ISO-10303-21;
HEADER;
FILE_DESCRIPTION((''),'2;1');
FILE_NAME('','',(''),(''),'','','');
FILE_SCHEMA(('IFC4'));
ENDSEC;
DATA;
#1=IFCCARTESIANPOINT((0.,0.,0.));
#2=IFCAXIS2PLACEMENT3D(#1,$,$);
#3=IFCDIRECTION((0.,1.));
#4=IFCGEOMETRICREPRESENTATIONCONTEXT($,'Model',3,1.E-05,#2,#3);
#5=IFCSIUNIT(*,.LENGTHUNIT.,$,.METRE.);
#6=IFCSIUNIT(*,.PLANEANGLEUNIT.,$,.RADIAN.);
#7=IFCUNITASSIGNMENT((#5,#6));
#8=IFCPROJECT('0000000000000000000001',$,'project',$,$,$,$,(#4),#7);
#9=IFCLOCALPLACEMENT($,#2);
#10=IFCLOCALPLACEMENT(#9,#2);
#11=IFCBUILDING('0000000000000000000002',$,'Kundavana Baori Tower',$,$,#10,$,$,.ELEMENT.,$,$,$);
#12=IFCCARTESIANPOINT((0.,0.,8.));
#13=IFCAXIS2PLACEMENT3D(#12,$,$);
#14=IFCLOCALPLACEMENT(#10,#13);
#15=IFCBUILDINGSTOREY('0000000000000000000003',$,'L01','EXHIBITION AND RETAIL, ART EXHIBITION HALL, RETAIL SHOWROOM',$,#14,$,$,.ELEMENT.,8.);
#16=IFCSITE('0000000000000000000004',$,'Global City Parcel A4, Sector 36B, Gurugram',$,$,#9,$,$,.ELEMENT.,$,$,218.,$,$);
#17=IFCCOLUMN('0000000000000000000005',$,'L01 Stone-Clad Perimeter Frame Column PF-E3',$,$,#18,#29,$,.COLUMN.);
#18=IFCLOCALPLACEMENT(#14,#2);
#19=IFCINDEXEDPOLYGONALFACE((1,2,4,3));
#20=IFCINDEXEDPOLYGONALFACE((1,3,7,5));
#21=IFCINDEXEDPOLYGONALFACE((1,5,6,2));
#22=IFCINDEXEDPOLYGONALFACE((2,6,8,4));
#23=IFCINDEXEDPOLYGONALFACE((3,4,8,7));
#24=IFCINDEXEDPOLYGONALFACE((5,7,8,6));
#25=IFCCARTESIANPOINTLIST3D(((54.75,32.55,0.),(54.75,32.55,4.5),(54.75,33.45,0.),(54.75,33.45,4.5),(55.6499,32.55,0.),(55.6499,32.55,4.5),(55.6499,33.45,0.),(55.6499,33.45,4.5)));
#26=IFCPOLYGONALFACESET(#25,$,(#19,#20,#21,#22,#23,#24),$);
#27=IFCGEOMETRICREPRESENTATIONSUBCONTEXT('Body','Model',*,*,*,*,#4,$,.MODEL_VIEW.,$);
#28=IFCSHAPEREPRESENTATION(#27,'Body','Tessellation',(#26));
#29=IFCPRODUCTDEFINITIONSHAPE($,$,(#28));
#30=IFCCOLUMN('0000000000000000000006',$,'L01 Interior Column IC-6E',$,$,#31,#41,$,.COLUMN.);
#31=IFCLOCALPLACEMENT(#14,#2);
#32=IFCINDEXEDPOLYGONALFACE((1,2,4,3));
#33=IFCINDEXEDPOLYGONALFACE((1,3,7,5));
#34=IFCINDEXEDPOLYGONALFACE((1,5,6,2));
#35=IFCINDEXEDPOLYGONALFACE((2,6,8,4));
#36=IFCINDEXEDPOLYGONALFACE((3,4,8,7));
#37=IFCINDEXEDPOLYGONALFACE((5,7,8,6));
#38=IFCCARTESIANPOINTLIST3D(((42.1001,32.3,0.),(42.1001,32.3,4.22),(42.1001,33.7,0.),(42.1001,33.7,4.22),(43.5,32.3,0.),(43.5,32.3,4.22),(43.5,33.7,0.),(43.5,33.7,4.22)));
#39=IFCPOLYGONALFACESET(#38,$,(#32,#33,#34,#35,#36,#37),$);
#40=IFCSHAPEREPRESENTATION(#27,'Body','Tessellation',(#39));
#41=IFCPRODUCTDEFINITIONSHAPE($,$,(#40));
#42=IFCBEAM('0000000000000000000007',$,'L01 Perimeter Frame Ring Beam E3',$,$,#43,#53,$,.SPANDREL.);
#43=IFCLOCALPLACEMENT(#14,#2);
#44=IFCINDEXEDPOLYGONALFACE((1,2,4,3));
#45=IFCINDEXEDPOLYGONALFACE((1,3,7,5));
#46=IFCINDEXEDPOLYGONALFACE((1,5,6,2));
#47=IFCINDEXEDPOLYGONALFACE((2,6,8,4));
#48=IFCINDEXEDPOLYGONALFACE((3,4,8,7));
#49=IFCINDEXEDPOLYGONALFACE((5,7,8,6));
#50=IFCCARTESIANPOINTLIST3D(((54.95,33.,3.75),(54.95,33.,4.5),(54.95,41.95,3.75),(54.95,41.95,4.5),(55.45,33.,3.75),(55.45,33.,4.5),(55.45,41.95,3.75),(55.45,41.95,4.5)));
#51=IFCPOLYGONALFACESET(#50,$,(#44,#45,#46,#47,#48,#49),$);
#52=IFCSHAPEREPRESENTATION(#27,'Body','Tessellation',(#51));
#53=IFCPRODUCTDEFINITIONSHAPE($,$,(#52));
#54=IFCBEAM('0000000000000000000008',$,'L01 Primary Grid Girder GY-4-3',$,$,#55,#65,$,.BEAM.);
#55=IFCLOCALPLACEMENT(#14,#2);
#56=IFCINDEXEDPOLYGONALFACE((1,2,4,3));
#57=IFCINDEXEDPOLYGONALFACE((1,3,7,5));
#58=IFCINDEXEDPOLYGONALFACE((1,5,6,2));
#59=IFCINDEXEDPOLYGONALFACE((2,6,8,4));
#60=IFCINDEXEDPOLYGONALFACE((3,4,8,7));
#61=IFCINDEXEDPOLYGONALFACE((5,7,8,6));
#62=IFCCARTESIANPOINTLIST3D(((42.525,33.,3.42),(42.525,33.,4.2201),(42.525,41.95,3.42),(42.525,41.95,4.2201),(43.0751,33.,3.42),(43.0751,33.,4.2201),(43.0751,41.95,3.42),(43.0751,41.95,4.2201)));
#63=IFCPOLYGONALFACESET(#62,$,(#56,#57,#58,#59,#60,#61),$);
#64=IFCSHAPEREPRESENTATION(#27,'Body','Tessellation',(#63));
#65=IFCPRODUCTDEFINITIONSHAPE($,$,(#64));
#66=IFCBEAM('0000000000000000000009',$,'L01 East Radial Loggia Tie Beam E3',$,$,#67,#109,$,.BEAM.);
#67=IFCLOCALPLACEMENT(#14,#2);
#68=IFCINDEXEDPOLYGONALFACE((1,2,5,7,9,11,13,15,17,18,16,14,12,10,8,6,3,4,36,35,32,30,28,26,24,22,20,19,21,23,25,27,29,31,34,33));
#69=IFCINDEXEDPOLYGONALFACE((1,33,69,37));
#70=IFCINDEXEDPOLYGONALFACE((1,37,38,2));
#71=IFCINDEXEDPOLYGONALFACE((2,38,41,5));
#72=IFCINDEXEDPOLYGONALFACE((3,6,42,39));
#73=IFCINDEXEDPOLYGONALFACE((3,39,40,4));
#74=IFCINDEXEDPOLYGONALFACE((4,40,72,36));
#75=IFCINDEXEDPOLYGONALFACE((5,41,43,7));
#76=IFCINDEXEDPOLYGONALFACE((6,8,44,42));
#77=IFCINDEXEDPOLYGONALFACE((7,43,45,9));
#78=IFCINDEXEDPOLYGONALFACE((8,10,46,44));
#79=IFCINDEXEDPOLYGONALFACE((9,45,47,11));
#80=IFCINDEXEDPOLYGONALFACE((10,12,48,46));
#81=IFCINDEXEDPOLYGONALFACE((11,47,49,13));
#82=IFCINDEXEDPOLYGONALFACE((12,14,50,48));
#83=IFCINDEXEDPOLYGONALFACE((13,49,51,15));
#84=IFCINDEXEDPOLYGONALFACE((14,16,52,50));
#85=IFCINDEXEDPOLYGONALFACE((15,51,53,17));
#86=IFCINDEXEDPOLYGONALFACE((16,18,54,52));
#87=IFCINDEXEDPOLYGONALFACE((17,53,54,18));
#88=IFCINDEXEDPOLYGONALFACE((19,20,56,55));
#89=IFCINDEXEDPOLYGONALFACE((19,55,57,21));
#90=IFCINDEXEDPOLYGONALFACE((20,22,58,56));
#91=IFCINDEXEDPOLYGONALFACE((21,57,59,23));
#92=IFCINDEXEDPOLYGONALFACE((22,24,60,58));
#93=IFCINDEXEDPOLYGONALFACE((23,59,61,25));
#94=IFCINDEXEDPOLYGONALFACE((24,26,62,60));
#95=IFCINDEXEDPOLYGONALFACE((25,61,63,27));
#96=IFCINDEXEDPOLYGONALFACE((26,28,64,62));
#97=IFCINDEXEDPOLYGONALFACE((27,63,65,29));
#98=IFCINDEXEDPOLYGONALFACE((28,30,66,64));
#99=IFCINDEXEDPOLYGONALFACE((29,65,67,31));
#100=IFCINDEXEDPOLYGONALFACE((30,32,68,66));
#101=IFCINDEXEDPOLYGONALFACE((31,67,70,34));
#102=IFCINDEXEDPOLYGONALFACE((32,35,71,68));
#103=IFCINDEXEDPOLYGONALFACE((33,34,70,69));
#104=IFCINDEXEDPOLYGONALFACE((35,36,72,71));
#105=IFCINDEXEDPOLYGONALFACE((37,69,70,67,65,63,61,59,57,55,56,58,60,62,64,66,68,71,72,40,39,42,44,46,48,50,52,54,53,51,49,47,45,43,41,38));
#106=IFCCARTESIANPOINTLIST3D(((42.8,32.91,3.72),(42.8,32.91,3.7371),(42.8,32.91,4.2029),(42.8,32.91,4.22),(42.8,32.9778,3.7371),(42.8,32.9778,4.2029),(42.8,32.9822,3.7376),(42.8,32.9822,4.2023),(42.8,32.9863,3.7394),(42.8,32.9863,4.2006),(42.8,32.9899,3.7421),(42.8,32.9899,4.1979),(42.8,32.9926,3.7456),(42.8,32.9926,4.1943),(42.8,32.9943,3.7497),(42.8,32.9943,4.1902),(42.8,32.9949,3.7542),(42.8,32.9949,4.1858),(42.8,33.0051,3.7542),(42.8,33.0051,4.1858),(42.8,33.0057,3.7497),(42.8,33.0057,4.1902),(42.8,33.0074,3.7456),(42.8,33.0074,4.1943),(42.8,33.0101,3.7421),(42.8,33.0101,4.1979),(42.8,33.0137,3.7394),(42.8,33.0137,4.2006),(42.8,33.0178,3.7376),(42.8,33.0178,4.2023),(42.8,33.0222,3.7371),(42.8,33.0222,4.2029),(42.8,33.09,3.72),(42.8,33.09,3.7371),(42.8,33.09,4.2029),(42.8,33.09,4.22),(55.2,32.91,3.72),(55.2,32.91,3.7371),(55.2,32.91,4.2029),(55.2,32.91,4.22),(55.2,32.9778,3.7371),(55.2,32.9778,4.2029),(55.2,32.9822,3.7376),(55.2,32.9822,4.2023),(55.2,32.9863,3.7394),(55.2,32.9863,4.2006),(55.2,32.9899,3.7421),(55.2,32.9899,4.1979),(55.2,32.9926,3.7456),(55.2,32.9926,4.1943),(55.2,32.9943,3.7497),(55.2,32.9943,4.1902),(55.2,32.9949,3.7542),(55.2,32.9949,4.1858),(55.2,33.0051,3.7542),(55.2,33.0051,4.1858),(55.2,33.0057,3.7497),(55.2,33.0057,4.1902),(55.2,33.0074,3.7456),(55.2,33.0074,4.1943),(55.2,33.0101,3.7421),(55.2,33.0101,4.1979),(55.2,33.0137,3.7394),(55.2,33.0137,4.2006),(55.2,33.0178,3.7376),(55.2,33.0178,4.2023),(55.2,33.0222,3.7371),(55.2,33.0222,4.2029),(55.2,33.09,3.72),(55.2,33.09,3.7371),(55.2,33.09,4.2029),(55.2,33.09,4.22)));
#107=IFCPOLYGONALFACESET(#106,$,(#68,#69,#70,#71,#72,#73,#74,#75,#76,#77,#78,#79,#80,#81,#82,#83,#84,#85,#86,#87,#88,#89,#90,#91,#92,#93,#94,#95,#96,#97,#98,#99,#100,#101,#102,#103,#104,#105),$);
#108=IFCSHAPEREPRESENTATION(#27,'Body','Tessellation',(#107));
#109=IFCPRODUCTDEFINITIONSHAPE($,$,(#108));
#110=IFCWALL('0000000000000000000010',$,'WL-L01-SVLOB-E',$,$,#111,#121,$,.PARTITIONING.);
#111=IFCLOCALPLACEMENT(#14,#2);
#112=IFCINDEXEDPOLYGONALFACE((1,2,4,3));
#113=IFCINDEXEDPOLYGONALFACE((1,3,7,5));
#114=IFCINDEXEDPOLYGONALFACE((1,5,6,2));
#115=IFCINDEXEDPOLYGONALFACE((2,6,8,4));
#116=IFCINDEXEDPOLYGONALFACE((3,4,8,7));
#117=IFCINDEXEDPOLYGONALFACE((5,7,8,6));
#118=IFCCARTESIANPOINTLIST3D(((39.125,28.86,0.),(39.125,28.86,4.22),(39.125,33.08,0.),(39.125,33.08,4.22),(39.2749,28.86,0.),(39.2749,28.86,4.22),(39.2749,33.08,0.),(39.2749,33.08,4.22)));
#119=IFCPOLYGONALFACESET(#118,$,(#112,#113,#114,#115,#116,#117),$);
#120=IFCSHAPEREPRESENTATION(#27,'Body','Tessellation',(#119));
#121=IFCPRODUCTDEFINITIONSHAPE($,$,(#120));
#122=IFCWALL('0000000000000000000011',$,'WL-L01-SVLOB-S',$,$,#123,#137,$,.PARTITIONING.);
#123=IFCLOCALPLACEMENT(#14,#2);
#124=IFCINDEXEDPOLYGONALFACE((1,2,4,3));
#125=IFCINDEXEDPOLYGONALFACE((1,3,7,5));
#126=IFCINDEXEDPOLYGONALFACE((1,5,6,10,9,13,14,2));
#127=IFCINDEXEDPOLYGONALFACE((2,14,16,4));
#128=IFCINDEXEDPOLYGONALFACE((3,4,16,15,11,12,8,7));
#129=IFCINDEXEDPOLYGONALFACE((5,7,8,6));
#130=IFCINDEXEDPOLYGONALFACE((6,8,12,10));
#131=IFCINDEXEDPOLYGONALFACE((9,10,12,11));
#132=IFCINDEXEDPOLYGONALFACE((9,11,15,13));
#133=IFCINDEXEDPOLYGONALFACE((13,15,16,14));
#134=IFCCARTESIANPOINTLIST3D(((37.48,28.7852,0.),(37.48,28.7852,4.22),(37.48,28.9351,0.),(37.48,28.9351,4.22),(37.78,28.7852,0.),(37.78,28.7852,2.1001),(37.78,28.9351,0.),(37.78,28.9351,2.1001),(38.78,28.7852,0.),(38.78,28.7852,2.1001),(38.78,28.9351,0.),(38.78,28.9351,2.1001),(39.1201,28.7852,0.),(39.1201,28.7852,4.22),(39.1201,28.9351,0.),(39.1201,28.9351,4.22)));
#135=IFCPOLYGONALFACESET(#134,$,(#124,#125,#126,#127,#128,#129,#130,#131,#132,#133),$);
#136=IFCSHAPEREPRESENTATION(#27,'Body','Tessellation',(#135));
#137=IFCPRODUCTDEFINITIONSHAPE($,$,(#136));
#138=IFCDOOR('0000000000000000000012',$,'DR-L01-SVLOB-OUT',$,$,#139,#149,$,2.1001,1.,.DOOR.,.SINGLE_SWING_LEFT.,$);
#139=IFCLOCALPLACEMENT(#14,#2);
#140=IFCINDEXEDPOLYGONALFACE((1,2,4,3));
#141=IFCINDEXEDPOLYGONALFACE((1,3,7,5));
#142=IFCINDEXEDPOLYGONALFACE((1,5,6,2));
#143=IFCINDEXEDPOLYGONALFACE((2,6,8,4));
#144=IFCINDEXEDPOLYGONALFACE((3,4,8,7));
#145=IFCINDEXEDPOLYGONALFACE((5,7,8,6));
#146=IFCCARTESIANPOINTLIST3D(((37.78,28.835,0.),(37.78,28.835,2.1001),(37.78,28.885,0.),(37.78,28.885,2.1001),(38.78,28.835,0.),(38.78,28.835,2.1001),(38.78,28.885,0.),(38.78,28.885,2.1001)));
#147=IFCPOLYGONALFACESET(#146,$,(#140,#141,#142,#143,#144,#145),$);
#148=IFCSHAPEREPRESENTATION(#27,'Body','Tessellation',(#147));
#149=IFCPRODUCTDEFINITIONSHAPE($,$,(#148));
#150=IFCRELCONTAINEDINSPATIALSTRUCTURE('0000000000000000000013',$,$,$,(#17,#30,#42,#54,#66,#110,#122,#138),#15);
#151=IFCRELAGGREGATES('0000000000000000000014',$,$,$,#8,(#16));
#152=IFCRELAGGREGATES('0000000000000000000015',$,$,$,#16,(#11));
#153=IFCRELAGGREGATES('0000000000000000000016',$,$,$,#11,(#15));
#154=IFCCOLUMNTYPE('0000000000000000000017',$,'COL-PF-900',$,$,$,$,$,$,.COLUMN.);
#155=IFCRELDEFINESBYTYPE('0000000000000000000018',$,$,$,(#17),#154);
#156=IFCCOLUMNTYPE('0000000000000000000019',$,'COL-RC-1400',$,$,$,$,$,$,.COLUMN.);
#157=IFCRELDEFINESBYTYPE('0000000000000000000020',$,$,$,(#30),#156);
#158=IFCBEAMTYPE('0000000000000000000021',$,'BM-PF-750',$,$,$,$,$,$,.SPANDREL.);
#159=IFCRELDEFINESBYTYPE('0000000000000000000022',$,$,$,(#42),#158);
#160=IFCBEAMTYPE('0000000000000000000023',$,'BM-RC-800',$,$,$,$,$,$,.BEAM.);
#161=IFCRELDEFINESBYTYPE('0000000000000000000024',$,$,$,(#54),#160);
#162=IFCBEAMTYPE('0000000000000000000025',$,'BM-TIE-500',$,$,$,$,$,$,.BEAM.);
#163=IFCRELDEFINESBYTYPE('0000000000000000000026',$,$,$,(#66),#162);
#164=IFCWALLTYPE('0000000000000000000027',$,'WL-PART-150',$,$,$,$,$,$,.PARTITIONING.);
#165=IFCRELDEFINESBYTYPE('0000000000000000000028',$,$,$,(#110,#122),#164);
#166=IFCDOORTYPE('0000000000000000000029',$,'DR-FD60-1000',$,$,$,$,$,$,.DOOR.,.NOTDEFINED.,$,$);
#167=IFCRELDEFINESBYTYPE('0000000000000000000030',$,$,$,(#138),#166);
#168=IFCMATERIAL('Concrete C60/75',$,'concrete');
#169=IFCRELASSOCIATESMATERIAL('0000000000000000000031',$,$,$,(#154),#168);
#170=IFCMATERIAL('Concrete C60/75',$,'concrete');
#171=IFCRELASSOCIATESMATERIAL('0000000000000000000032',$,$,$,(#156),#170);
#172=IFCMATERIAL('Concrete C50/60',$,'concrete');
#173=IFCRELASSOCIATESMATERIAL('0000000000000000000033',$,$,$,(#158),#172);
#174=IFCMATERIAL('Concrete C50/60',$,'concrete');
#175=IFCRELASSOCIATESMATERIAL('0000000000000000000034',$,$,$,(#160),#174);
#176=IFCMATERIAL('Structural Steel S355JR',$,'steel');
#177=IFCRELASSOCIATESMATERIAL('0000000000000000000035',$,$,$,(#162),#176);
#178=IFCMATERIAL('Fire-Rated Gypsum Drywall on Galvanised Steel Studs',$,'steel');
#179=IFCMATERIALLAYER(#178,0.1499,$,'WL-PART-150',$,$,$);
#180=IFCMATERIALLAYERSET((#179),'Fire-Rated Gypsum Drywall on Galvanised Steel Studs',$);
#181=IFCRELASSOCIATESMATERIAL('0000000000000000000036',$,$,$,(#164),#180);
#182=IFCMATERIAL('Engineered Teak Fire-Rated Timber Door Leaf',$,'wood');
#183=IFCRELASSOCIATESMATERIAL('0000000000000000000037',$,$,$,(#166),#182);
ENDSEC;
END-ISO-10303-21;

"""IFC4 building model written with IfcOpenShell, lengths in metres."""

from ifc_helpers import new_model, si_unit, direction, frame, frame_2d, origin, origin_2d, place, context, subcontext, project, spatial, rectangle, i_section, extrude, material, layer, layer_set, material_profile, profile_set, type_object, element, fill, save


model = new_model("IFC4")

# Units and contexts
model_context = context("Model", 3, precision=1e-05, world=origin(), true_north=direction((0.0, 1.0)))
body_context = subcontext(model_context, "Body", "Model", "MODEL_VIEW")
ifc_project = project(units=[si_unit("LENGTHUNIT", "METRE"), si_unit("PLANEANGLEUNIT", "RADIAN")], contexts=[model_context])

# Site, building, storey
site_placement = place(None, origin())
site = spatial("IfcSite", under=ifc_project, at=site_placement, Name="Global City Parcel A4, Sector 36B, Gurugram", CompositionType="ELEMENT", RefElevation=218.0)
building_placement = place(site_placement, origin())
building = spatial("IfcBuilding", under=site, at=building_placement, Name="Kundavana Baori Tower", CompositionType="ELEMENT")
storey_placement = place(building_placement, frame((0.0, 0.0, 8.0)))
storey = spatial("IfcBuildingStorey", under=building, at=storey_placement, Name="L01", Description="EXHIBITION AND RETAIL, ART EXHIBITION HALL, RETAIL SHOWROOM", CompositionType="ELEMENT", Elevation=8.0)

# Columns
ifc_material_1 = material(Name="Concrete C60/75", Category="concrete")
ifc_material_profile_1 = material_profile(ifc_material_1, rectangle(XDim=0.8999, YDim=0.8999, at=origin_2d()), Name="RC PF 900x900")
ifc_profile_set_1 = profile_set([ifc_material_profile_1], Name="Concrete C60/75")
column_type_1 = type_object("IfcColumnType", Name="COL-PF-900", PredefinedType="COLUMN", material=ifc_profile_set_1)
column_1_placement = place(storey_placement, frame((55.2, 33.0, 0.0), z_axis=(0.0, 0.0, 1.0), x_axis=(1.0, 0.0, 0.0)))
element("IfcColumn", 1, at=column_1_placement, inside=storey, type_object=column_type_1, Name="L01 Stone-Clad Perimeter Frame Column PF-E3", PredefinedType="COLUMN", context=body_context, shape_type="SweptSolid", body=[
    extrude(rectangle(XDim=0.8999, YDim=0.8999, at=origin_2d()), origin(), (0.0, 0.0, 1.0), 4.5),
])
ifc_material_2 = material(Name="Concrete C60/75", Category="concrete")
ifc_material_profile_2 = material_profile(ifc_material_2, rectangle(XDim=1.3999, YDim=1.3999, at=origin_2d()), Name="RC 1400x1400")
ifc_profile_set_2 = profile_set([ifc_material_profile_2], Name="Concrete C60/75")
column_type_2 = type_object("IfcColumnType", Name="COL-RC-1400", PredefinedType="COLUMN", material=ifc_profile_set_2)
column_2_placement = place(storey_placement, frame((42.8, 33.0, 0.0), z_axis=(0.0, 0.0, 1.0), x_axis=(1.0, 0.0, 0.0)))
element("IfcColumn", 2, at=column_2_placement, inside=storey, type_object=column_type_2, Name="L01 Interior Column IC-6E", PredefinedType="COLUMN", context=body_context, shape_type="SweptSolid", body=[
    extrude(rectangle(XDim=1.3999, YDim=1.3999, at=origin_2d()), origin(), (0.0, 0.0, 1.0), 4.22),
])

# Beams
ifc_material_3 = material(Name="Concrete C50/60", Category="concrete")
ifc_material_profile_3 = material_profile(ifc_material_3, rectangle(XDim=0.5, YDim=0.75, at=origin_2d()), Name="RC BM 500x750")
ifc_profile_set_3 = profile_set([ifc_material_profile_3], Name="Concrete C50/60")
beam_type_1 = type_object("IfcBeamType", Name="BM-PF-750", PredefinedType="SPANDREL", material=ifc_profile_set_3)
beam_1_placement = place(storey_placement, frame((55.2, 33.0, 4.125), z_axis=(0.0, 1.0, 0.0), x_axis=(-1.0, 0.0, 0.0)))
element("IfcBeam", 3, at=beam_1_placement, inside=storey, type_object=beam_type_1, Name="L01 Perimeter Frame Ring Beam E3", PredefinedType="SPANDREL", context=body_context, shape_type="SweptSolid", body=[
    extrude(rectangle(XDim=0.5, YDim=0.75, at=origin_2d()), origin(), (0.0, 0.0, 1.0), 8.95),
])
ifc_material_4 = material(Name="Concrete C50/60", Category="concrete")
ifc_material_profile_4 = material_profile(ifc_material_4, rectangle(XDim=0.55, YDim=0.8, at=origin_2d()), Name="RC BM 550x800")
ifc_profile_set_4 = profile_set([ifc_material_profile_4], Name="Concrete C50/60")
beam_type_2 = type_object("IfcBeamType", Name="BM-RC-800", PredefinedType="BEAM", material=ifc_profile_set_4)
beam_2_placement = place(storey_placement, frame((42.8, 33.0, 3.8201), z_axis=(0.0, 1.0, 0.0), x_axis=(-1.0, 0.0, 0.0)))
element("IfcBeam", 4, at=beam_2_placement, inside=storey, type_object=beam_type_2, Name="L01 Primary Grid Girder GY-4-3", PredefinedType="BEAM", context=body_context, shape_type="SweptSolid", body=[
    extrude(rectangle(XDim=0.55, YDim=0.8, at=origin_2d()), origin(), (0.0, 0.0, 1.0), 8.95),
])
ifc_material_5 = material(Name="Structural Steel S355JR", Category="steel")
ifc_material_profile_5 = material_profile(ifc_material_5, i_section(OverallWidth=0.1799, OverallDepth=0.5, WebThickness=0.0103, FlangeThickness=0.0171, FilletRadius=0.0171, at=origin_2d()), Name="ISMB 500")
ifc_profile_set_5 = profile_set([ifc_material_profile_5], Name="Structural Steel S355JR")
beam_type_3 = type_object("IfcBeamType", Name="BM-TIE-500", PredefinedType="BEAM", material=ifc_profile_set_5)
beam_3_placement = place(storey_placement, frame((42.8, 33.0, 3.97), z_axis=(1.0, 0.0, 0.0), x_axis=(0.0, 1.0, 0.0)))
element("IfcBeam", 5, at=beam_3_placement, inside=storey, type_object=beam_type_3, Name="L01 East Radial Loggia Tie Beam E3", PredefinedType="BEAM", context=body_context, shape_type="SweptSolid", body=[
    extrude(i_section(OverallWidth=0.1799, OverallDepth=0.5, WebThickness=0.0103, FlangeThickness=0.0171, FilletRadius=0.0171, at=origin_2d()), origin(), (0.0, 0.0, 1.0), 12.3999),
])

# Wall
ifc_material_6 = material(Name="Fire-Rated Gypsum Drywall on Galvanised Steel Studs", Category="steel")
ifc_layer_1 = layer(ifc_material_6, 0.1499, Name="WL-PART-150")
ifc_layer_set_1 = layer_set([ifc_layer_1], Name="Fire-Rated Gypsum Drywall on Galvanised Steel Studs")
wall_type_1 = type_object("IfcWallType", Name="WL-PART-150", PredefinedType="PARTITIONING", material=ifc_layer_set_1)
wall_1_placement = place(storey_placement, frame((39.2, 28.8601, 0.0), z_axis=(0.0, 0.0, 1.0), x_axis=(0.0, 1.0, 0.0)))
element("IfcWall", 6, at=wall_1_placement, inside=storey, type_object=wall_type_1, Name="WL-L01-SVLOB-E", PredefinedType="PARTITIONING", context=body_context, shape_type="SweptSolid", body=[
    extrude(rectangle(XDim=4.22, YDim=0.1499, at=frame_2d((2.1099, 0.0))), origin(), (0.0, 0.0, 1.0), 4.22),
])

# Wall, opening, door
wall_2_placement = place(storey_placement, frame((37.48, 28.8601, 0.0), z_axis=(0.0, 0.0, 1.0), x_axis=(1.0, 0.0, 0.0)))
wall_2 = element("IfcWall", 7, at=wall_2_placement, inside=storey, type_object=wall_type_1, Name="WL-L01-SVLOB-S", PredefinedType="PARTITIONING", context=body_context, shape_type="SweptSolid", body=[
    extrude(rectangle(XDim=1.6401, YDim=0.1499, at=frame_2d((0.8201, 0.0))), origin(), (0.0, 0.0, 1.0), 4.22),
])
opening_1_placement = place(wall_2_placement, frame((0.3, 0.0, 0.0)))
opening_1 = element("IfcOpeningElement", 8, at=opening_1_placement, cuts=wall_2, PredefinedType="OPENING", context=body_context, shape_type="SweptSolid", body=[
    extrude(rectangle(XDim=1.0, YDim=2.1001, at=frame_2d((0.5, 1.05))), frame((0.0, 0.085, 0.0), z_axis=(0.0, -1.0, 0.0), x_axis=(1.0, 0.0, 0.0)), (0.0, 0.0, 1.0), 0.1699),
])
ifc_material_7 = material(Name="Engineered Teak Fire-Rated Timber Door Leaf", Category="wood")
door_type_1 = type_object("IfcDoorType", Name="DR-FD60-1000", OperationType="NOTDEFINED", PredefinedType="DOOR", material=ifc_material_7)
door_1_placement = place(opening_1_placement, origin())
door_1 = element("IfcDoor", 9, at=door_1_placement, inside=storey, type_object=door_type_1, Name="DR-L01-SVLOB-OUT", OperationType="SINGLE_SWING_LEFT", OverallHeight=2.1001, OverallWidth=1.0, PredefinedType="DOOR", context=body_context, shape_type="SweptSolid", body=[
    extrude(rectangle(XDim=1.0, YDim=2.1001, at=frame_2d((0.5, 1.05))), frame((0.0, 0.0249, 0.0), z_axis=(0.0, -1.0, 0.0), x_axis=(1.0, 0.0, 0.0)), (0.0, 0.0, 1.0), 0.05),
])
fill(opening_1, door_1)

save(model, "model.ifc")
